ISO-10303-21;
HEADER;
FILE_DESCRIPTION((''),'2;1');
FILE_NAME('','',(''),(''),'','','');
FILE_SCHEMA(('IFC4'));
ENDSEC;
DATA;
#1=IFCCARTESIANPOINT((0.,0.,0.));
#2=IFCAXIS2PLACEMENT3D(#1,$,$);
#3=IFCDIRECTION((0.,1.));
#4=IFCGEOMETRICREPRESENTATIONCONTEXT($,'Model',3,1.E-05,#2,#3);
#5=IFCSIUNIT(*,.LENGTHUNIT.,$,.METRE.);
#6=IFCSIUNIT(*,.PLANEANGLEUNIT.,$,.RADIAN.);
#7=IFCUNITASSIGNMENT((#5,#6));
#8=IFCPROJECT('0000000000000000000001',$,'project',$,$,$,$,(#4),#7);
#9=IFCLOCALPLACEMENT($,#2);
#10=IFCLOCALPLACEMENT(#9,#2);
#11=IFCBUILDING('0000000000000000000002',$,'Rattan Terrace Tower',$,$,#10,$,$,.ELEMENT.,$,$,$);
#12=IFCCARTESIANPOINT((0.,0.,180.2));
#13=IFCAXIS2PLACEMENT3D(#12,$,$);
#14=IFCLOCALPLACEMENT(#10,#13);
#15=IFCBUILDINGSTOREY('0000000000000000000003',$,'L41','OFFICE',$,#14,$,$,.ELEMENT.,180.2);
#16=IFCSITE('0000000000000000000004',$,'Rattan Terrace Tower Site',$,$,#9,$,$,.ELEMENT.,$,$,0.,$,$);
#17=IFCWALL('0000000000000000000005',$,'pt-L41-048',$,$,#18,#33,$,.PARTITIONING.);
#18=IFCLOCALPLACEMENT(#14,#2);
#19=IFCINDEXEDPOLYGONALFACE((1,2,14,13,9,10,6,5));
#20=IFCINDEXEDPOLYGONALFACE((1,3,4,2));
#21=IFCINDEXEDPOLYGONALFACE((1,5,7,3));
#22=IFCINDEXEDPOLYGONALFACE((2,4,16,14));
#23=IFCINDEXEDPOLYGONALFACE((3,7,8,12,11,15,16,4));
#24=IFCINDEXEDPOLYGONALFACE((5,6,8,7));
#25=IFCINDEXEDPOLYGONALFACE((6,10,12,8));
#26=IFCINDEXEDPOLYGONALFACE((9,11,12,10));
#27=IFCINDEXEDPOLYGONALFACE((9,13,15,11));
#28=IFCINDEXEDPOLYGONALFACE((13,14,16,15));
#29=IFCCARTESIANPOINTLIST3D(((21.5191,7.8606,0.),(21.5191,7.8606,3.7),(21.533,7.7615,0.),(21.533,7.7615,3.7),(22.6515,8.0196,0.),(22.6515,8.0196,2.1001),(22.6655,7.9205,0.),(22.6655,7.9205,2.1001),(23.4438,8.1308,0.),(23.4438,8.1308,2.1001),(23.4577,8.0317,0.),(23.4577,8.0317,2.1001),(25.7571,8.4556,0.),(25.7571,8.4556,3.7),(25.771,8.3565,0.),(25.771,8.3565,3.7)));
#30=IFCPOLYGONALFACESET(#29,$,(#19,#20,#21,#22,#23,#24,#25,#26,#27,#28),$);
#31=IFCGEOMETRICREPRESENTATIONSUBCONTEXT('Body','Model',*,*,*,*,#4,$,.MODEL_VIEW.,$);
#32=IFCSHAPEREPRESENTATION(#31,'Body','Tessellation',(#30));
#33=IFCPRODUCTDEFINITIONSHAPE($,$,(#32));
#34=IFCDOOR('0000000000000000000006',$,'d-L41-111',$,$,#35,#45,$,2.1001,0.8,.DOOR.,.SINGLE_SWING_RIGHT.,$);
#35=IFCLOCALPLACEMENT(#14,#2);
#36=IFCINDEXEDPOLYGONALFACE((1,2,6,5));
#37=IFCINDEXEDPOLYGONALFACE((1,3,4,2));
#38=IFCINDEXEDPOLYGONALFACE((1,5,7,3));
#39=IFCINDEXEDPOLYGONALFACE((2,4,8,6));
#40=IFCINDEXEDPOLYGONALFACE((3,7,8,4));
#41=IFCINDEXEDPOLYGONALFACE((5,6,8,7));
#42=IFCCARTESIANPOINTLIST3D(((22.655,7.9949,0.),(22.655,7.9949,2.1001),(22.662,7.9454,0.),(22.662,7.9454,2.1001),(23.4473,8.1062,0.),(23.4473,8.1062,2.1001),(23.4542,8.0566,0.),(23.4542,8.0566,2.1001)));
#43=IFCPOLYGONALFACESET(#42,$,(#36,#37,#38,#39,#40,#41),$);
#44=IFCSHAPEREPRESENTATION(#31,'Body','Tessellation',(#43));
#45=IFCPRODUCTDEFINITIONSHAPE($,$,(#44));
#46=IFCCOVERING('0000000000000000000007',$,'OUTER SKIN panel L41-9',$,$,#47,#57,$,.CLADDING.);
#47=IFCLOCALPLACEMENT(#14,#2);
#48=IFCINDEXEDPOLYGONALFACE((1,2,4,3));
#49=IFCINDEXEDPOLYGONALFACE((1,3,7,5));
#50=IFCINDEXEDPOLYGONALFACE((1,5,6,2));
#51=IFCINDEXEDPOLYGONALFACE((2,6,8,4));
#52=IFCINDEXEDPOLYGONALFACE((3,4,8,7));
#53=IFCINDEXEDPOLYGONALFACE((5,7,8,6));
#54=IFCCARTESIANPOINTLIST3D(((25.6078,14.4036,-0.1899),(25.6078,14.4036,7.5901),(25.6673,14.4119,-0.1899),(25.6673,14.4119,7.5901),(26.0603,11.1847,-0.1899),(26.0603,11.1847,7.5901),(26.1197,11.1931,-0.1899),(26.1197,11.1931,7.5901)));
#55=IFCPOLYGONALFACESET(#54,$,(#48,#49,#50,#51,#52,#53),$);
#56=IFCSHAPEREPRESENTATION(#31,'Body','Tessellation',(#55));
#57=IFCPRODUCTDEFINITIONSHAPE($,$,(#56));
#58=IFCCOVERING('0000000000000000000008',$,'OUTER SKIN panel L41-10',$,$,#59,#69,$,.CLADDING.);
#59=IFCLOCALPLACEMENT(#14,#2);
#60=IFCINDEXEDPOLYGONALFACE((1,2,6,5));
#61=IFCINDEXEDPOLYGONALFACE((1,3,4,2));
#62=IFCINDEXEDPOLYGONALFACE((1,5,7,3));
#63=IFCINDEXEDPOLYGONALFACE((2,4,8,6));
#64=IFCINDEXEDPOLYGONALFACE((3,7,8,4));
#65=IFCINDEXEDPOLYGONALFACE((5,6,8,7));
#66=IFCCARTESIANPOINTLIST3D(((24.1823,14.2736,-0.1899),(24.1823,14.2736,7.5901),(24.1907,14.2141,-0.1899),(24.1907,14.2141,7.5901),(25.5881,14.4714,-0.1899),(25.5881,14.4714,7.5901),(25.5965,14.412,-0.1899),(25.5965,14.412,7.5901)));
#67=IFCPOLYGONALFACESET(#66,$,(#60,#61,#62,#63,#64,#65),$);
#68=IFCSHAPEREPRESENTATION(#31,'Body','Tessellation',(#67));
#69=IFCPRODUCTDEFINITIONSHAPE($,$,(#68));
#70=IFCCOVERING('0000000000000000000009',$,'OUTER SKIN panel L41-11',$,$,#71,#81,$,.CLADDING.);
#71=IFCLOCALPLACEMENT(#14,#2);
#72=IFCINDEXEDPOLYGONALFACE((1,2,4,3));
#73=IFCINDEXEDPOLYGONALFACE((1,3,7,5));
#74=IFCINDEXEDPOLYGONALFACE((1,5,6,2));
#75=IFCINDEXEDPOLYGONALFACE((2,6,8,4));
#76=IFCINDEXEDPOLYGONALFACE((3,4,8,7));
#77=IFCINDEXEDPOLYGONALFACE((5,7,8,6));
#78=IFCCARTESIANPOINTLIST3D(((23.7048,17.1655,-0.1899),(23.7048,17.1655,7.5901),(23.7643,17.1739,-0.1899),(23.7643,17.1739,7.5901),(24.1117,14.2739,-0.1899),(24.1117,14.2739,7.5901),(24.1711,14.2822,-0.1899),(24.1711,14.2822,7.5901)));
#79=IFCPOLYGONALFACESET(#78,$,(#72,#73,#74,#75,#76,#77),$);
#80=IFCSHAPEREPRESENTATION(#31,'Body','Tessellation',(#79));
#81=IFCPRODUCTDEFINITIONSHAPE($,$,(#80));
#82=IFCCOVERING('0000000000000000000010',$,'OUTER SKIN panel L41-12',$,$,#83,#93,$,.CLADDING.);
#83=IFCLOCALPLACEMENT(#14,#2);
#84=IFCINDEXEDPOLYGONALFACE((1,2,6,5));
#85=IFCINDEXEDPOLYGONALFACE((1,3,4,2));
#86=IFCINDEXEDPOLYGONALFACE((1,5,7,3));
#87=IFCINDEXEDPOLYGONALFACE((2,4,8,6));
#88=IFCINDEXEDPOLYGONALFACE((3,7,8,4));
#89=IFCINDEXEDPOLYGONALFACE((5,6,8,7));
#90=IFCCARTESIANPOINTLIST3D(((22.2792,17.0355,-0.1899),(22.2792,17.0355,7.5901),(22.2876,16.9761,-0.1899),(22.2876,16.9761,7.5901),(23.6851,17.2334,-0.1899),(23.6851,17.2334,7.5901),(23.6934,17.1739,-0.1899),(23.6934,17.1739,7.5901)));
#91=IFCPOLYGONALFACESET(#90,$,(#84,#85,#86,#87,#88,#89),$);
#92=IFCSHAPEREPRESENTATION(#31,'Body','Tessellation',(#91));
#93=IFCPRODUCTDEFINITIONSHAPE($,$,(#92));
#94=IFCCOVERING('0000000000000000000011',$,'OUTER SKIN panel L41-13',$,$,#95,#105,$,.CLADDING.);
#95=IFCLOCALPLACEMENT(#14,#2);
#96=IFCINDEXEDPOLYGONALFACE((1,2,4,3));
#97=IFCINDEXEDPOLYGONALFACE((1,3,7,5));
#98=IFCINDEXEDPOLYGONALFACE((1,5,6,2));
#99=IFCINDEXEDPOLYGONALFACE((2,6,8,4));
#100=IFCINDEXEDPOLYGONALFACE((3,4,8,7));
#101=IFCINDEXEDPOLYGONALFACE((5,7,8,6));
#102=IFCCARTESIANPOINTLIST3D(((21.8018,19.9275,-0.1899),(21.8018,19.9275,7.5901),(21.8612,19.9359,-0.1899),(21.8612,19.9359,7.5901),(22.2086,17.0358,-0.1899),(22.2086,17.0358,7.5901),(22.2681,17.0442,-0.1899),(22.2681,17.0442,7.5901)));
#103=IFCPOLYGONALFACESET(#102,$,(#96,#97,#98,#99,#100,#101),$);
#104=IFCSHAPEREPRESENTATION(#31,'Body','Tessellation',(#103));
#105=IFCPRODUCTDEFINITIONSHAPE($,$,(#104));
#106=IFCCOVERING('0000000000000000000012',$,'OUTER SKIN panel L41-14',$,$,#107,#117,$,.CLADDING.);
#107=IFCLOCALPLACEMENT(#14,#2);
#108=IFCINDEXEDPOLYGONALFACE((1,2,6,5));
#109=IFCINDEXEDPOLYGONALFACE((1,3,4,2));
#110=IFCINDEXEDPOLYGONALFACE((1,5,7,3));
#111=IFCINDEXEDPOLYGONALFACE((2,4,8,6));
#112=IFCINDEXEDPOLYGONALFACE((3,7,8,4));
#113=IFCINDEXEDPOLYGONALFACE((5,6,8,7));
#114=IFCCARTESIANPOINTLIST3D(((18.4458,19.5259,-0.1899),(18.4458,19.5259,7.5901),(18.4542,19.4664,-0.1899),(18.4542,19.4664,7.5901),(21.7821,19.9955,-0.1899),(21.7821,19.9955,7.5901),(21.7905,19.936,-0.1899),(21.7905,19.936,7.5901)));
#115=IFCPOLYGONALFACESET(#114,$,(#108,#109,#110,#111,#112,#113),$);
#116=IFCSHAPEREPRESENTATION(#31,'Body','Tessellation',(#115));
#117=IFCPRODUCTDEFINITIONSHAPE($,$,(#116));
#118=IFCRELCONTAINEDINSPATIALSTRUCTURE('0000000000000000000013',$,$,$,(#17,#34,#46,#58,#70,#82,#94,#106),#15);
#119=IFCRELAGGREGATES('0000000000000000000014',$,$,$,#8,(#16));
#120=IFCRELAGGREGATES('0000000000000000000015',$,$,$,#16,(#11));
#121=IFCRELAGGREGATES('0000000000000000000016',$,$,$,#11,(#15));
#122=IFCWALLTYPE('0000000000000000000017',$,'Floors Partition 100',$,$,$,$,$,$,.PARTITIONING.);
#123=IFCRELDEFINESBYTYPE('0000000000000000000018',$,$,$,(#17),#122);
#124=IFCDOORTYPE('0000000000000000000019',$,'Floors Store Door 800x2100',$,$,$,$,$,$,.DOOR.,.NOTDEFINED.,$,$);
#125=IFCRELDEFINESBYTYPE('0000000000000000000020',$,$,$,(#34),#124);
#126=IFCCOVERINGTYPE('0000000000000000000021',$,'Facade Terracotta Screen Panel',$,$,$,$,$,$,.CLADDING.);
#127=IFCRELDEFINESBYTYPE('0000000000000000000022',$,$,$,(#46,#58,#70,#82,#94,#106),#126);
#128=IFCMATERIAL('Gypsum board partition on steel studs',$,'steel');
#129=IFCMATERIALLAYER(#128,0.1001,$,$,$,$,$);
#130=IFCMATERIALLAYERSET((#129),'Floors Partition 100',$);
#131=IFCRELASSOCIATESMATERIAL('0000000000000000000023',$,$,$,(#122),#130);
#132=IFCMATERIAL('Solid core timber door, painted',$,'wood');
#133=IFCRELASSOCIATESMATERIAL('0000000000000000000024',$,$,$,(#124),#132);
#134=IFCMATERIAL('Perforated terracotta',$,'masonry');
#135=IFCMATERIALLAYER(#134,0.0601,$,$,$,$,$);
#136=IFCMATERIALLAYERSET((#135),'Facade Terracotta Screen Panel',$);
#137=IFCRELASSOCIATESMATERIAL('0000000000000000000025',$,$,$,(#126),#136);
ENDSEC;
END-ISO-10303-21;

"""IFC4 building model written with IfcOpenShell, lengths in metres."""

from ifc_helpers import new_model, si_unit, direction, frame, frame_2d, origin, origin_2d, place, context, subcontext, project, spatial, rectangle, extrude, material, layer, layer_set, type_object, element, fill, save


model = new_model("IFC4")

# Units and contexts
model_context = context("Model", 3, precision=1e-05, world=origin(), true_north=direction((0.0, 1.0)))
body_context = subcontext(model_context, "Body", "Model", "MODEL_VIEW")
ifc_project = project(units=[si_unit("LENGTHUNIT", "METRE"), si_unit("PLANEANGLEUNIT", "RADIAN")], contexts=[model_context])

# Site, building, storey
site_placement = place(None, origin())
site = spatial("IfcSite", under=ifc_project, at=site_placement, Name="Rattan Terrace Tower Site", CompositionType="ELEMENT", RefElevation=0.0)
building_placement = place(site_placement, origin())
building = spatial("IfcBuilding", under=site, at=building_placement, Name="Rattan Terrace Tower", CompositionType="ELEMENT")
storey_placement = place(building_placement, frame((0.0, 0.0, 180.2)))
storey = spatial("IfcBuildingStorey", under=building, at=storey_placement, Name="L41", Description="OFFICE", CompositionType="ELEMENT", Elevation=180.2)

# Wall, opening, door
ifc_material_1 = material(Name="Gypsum board partition on steel studs", Category="steel")
ifc_layer_1 = layer(ifc_material_1, 0.1001)
ifc_layer_set_1 = layer_set([ifc_layer_1], Name="Floors Partition 100")
wall_type_1 = type_object("IfcWallType", Name="Floors Partition 100", PredefinedType="PARTITIONING", material=ifc_layer_set_1)
wall_1_placement = place(storey_placement, frame((25.7639, 8.406, 0.0), z_axis=(0.0, 0.0, 1.0), x_axis=(-0.990289, -0.139025, 0.0)))
wall_1 = element("IfcWall", 1, at=wall_1_placement, inside=storey, type_object=wall_type_1, Name="pt-L41-048", PredefinedType="PARTITIONING", context=body_context, shape_type="SweptSolid", body=[
    extrude(rectangle(XDim=4.2795, YDim=0.1001, at=frame_2d((2.1396, 0.0))), origin(), (0.0, 0.0, 1.0), 3.7),
])
opening_placement = place(wall_1_placement, frame((2.3359, 0.0, 0.0)))
opening = element("IfcOpeningElement", 2, at=opening_placement, cuts=wall_1, PredefinedType="OPENING", context=body_context, shape_type="SweptSolid", body=[
    extrude(rectangle(XDim=0.8, YDim=2.1001, at=frame_2d((0.3999, 1.05))), frame((0.0, 0.0605, 0.0), z_axis=(0.0, -1.0, 0.0), x_axis=(1.0, 0.0, 0.0)), (0.0, 0.0, 1.0), 0.1211),
])
ifc_material_2 = material(Name="Solid core timber door, painted", Category="wood")
door_type = type_object("IfcDoorType", Name="Floors Store Door 800x2100", OperationType="NOTDEFINED", PredefinedType="DOOR", material=ifc_material_2)
door_placement = place(opening_placement, origin())
door = element("IfcDoor", 3, at=door_placement, inside=storey, type_object=door_type, Name="d-L41-111", OperationType="SINGLE_SWING_RIGHT", OverallHeight=2.1001, OverallWidth=0.8, PredefinedType="DOOR", context=body_context, shape_type="SweptSolid", body=[
    extrude(rectangle(XDim=0.8, YDim=2.1001, at=frame_2d((0.3999, 1.05))), frame((0.0, 0.0249, 0.0), z_axis=(0.0, -1.0, 0.0), x_axis=(1.0, 0.0, 0.0)), (0.0, 0.0, 1.0), 0.05),
])
fill(opening, door)

# Coverings
ifc_material_3 = material(Name="Perforated terracotta", Category="masonry")
ifc_layer_2 = layer(ifc_material_3, 0.0601)
ifc_layer_set_2 = layer_set([ifc_layer_2], Name="Facade Terracotta Screen Panel")
covering_type = type_object("IfcCoveringType", Name="Facade Terracotta Screen Panel", PredefinedType="CLADDING", material=ifc_layer_set_2)
covering_1_placement = place(storey_placement, frame((25.8638, 12.7983, -0.1899), z_axis=(0.0, 0.0, 1.0), x_axis=(-0.139191, 0.990266, 0.0)))
element("IfcCovering", 4, at=covering_1_placement, inside=storey, type_object=covering_type, Name="OUTER SKIN panel L41-9", PredefinedType="CLADDING", context=body_context, shape_type="SweptSolid", body=[
    extrude(rectangle(XDim=3.2505, YDim=0.0601, at=origin_2d()), origin(), (0.0, 0.0, 1.0), 7.78),
])
covering_2_placement = place(storey_placement, frame((24.8894, 14.3428, -0.1899), z_axis=(0.0, 0.0, 1.0), x_axis=(-0.990241, -0.139367, 0.0)))
element("IfcCovering", 5, at=covering_2_placement, inside=storey, type_object=covering_type, Name="OUTER SKIN panel L41-10", PredefinedType="CLADDING", context=body_context, shape_type="SweptSolid", body=[
    extrude(rectangle(XDim=1.4197, YDim=0.0601, at=origin_2d()), origin(), (0.0, 0.0, 1.0), 7.78),
])
covering_3_placement = place(storey_placement, frame((23.938, 15.7239, -0.1899), z_axis=(0.0, 0.0, 1.0), x_axis=(-0.139321, 0.990247, 0.0)))
element("IfcCovering", 6, at=covering_3_placement, inside=storey, type_object=covering_type, Name="OUTER SKIN panel L41-11", PredefinedType="CLADDING", context=body_context, shape_type="SweptSolid", body=[
    extrude(rectangle(XDim=2.9202, YDim=0.0601, at=origin_2d()), origin(), (0.0, 0.0, 1.0), 7.78),
])
covering_4_placement = place(storey_placement, frame((22.9863, 17.1047, -0.1899), z_axis=(0.0, 0.0, 1.0), x_axis=(-0.990241, -0.139367, 0.0)))
element("IfcCovering", 7, at=covering_4_placement, inside=storey, type_object=covering_type, Name="OUTER SKIN panel L41-12", PredefinedType="CLADDING", context=body_context, shape_type="SweptSolid", body=[
    extrude(rectangle(XDim=1.4197, YDim=0.0601, at=origin_2d()), origin(), (0.0, 0.0, 1.0), 7.78),
])
covering_5_placement = place(storey_placement, frame((22.0349, 18.4858, -0.1899), z_axis=(0.0, 0.0, 1.0), x_axis=(-0.139321, 0.990247, 0.0)))
element("IfcCovering", 8, at=covering_5_placement, inside=storey, type_object=covering_type, Name="OUTER SKIN panel L41-13", PredefinedType="CLADDING", context=body_context, shape_type="SweptSolid", body=[
    extrude(rectangle(XDim=2.9202, YDim=0.0601, at=origin_2d()), origin(), (0.0, 0.0, 1.0), 7.78),
])
covering_6_placement = place(storey_placement, frame((20.1182, 19.731, -0.1899), z_axis=(0.0, 0.0, 1.0), x_axis=(-0.990241, -0.139367, 0.0)))
element("IfcCovering", 9, at=covering_6_placement, inside=storey, type_object=covering_type, Name="OUTER SKIN panel L41-14", PredefinedType="CLADDING", context=body_context, shape_type="SweptSolid", body=[
    extrude(rectangle(XDim=3.3691, YDim=0.0601, at=origin_2d()), origin(), (0.0, 0.0, 1.0), 7.78),
])

save(model, "model.ifc")
